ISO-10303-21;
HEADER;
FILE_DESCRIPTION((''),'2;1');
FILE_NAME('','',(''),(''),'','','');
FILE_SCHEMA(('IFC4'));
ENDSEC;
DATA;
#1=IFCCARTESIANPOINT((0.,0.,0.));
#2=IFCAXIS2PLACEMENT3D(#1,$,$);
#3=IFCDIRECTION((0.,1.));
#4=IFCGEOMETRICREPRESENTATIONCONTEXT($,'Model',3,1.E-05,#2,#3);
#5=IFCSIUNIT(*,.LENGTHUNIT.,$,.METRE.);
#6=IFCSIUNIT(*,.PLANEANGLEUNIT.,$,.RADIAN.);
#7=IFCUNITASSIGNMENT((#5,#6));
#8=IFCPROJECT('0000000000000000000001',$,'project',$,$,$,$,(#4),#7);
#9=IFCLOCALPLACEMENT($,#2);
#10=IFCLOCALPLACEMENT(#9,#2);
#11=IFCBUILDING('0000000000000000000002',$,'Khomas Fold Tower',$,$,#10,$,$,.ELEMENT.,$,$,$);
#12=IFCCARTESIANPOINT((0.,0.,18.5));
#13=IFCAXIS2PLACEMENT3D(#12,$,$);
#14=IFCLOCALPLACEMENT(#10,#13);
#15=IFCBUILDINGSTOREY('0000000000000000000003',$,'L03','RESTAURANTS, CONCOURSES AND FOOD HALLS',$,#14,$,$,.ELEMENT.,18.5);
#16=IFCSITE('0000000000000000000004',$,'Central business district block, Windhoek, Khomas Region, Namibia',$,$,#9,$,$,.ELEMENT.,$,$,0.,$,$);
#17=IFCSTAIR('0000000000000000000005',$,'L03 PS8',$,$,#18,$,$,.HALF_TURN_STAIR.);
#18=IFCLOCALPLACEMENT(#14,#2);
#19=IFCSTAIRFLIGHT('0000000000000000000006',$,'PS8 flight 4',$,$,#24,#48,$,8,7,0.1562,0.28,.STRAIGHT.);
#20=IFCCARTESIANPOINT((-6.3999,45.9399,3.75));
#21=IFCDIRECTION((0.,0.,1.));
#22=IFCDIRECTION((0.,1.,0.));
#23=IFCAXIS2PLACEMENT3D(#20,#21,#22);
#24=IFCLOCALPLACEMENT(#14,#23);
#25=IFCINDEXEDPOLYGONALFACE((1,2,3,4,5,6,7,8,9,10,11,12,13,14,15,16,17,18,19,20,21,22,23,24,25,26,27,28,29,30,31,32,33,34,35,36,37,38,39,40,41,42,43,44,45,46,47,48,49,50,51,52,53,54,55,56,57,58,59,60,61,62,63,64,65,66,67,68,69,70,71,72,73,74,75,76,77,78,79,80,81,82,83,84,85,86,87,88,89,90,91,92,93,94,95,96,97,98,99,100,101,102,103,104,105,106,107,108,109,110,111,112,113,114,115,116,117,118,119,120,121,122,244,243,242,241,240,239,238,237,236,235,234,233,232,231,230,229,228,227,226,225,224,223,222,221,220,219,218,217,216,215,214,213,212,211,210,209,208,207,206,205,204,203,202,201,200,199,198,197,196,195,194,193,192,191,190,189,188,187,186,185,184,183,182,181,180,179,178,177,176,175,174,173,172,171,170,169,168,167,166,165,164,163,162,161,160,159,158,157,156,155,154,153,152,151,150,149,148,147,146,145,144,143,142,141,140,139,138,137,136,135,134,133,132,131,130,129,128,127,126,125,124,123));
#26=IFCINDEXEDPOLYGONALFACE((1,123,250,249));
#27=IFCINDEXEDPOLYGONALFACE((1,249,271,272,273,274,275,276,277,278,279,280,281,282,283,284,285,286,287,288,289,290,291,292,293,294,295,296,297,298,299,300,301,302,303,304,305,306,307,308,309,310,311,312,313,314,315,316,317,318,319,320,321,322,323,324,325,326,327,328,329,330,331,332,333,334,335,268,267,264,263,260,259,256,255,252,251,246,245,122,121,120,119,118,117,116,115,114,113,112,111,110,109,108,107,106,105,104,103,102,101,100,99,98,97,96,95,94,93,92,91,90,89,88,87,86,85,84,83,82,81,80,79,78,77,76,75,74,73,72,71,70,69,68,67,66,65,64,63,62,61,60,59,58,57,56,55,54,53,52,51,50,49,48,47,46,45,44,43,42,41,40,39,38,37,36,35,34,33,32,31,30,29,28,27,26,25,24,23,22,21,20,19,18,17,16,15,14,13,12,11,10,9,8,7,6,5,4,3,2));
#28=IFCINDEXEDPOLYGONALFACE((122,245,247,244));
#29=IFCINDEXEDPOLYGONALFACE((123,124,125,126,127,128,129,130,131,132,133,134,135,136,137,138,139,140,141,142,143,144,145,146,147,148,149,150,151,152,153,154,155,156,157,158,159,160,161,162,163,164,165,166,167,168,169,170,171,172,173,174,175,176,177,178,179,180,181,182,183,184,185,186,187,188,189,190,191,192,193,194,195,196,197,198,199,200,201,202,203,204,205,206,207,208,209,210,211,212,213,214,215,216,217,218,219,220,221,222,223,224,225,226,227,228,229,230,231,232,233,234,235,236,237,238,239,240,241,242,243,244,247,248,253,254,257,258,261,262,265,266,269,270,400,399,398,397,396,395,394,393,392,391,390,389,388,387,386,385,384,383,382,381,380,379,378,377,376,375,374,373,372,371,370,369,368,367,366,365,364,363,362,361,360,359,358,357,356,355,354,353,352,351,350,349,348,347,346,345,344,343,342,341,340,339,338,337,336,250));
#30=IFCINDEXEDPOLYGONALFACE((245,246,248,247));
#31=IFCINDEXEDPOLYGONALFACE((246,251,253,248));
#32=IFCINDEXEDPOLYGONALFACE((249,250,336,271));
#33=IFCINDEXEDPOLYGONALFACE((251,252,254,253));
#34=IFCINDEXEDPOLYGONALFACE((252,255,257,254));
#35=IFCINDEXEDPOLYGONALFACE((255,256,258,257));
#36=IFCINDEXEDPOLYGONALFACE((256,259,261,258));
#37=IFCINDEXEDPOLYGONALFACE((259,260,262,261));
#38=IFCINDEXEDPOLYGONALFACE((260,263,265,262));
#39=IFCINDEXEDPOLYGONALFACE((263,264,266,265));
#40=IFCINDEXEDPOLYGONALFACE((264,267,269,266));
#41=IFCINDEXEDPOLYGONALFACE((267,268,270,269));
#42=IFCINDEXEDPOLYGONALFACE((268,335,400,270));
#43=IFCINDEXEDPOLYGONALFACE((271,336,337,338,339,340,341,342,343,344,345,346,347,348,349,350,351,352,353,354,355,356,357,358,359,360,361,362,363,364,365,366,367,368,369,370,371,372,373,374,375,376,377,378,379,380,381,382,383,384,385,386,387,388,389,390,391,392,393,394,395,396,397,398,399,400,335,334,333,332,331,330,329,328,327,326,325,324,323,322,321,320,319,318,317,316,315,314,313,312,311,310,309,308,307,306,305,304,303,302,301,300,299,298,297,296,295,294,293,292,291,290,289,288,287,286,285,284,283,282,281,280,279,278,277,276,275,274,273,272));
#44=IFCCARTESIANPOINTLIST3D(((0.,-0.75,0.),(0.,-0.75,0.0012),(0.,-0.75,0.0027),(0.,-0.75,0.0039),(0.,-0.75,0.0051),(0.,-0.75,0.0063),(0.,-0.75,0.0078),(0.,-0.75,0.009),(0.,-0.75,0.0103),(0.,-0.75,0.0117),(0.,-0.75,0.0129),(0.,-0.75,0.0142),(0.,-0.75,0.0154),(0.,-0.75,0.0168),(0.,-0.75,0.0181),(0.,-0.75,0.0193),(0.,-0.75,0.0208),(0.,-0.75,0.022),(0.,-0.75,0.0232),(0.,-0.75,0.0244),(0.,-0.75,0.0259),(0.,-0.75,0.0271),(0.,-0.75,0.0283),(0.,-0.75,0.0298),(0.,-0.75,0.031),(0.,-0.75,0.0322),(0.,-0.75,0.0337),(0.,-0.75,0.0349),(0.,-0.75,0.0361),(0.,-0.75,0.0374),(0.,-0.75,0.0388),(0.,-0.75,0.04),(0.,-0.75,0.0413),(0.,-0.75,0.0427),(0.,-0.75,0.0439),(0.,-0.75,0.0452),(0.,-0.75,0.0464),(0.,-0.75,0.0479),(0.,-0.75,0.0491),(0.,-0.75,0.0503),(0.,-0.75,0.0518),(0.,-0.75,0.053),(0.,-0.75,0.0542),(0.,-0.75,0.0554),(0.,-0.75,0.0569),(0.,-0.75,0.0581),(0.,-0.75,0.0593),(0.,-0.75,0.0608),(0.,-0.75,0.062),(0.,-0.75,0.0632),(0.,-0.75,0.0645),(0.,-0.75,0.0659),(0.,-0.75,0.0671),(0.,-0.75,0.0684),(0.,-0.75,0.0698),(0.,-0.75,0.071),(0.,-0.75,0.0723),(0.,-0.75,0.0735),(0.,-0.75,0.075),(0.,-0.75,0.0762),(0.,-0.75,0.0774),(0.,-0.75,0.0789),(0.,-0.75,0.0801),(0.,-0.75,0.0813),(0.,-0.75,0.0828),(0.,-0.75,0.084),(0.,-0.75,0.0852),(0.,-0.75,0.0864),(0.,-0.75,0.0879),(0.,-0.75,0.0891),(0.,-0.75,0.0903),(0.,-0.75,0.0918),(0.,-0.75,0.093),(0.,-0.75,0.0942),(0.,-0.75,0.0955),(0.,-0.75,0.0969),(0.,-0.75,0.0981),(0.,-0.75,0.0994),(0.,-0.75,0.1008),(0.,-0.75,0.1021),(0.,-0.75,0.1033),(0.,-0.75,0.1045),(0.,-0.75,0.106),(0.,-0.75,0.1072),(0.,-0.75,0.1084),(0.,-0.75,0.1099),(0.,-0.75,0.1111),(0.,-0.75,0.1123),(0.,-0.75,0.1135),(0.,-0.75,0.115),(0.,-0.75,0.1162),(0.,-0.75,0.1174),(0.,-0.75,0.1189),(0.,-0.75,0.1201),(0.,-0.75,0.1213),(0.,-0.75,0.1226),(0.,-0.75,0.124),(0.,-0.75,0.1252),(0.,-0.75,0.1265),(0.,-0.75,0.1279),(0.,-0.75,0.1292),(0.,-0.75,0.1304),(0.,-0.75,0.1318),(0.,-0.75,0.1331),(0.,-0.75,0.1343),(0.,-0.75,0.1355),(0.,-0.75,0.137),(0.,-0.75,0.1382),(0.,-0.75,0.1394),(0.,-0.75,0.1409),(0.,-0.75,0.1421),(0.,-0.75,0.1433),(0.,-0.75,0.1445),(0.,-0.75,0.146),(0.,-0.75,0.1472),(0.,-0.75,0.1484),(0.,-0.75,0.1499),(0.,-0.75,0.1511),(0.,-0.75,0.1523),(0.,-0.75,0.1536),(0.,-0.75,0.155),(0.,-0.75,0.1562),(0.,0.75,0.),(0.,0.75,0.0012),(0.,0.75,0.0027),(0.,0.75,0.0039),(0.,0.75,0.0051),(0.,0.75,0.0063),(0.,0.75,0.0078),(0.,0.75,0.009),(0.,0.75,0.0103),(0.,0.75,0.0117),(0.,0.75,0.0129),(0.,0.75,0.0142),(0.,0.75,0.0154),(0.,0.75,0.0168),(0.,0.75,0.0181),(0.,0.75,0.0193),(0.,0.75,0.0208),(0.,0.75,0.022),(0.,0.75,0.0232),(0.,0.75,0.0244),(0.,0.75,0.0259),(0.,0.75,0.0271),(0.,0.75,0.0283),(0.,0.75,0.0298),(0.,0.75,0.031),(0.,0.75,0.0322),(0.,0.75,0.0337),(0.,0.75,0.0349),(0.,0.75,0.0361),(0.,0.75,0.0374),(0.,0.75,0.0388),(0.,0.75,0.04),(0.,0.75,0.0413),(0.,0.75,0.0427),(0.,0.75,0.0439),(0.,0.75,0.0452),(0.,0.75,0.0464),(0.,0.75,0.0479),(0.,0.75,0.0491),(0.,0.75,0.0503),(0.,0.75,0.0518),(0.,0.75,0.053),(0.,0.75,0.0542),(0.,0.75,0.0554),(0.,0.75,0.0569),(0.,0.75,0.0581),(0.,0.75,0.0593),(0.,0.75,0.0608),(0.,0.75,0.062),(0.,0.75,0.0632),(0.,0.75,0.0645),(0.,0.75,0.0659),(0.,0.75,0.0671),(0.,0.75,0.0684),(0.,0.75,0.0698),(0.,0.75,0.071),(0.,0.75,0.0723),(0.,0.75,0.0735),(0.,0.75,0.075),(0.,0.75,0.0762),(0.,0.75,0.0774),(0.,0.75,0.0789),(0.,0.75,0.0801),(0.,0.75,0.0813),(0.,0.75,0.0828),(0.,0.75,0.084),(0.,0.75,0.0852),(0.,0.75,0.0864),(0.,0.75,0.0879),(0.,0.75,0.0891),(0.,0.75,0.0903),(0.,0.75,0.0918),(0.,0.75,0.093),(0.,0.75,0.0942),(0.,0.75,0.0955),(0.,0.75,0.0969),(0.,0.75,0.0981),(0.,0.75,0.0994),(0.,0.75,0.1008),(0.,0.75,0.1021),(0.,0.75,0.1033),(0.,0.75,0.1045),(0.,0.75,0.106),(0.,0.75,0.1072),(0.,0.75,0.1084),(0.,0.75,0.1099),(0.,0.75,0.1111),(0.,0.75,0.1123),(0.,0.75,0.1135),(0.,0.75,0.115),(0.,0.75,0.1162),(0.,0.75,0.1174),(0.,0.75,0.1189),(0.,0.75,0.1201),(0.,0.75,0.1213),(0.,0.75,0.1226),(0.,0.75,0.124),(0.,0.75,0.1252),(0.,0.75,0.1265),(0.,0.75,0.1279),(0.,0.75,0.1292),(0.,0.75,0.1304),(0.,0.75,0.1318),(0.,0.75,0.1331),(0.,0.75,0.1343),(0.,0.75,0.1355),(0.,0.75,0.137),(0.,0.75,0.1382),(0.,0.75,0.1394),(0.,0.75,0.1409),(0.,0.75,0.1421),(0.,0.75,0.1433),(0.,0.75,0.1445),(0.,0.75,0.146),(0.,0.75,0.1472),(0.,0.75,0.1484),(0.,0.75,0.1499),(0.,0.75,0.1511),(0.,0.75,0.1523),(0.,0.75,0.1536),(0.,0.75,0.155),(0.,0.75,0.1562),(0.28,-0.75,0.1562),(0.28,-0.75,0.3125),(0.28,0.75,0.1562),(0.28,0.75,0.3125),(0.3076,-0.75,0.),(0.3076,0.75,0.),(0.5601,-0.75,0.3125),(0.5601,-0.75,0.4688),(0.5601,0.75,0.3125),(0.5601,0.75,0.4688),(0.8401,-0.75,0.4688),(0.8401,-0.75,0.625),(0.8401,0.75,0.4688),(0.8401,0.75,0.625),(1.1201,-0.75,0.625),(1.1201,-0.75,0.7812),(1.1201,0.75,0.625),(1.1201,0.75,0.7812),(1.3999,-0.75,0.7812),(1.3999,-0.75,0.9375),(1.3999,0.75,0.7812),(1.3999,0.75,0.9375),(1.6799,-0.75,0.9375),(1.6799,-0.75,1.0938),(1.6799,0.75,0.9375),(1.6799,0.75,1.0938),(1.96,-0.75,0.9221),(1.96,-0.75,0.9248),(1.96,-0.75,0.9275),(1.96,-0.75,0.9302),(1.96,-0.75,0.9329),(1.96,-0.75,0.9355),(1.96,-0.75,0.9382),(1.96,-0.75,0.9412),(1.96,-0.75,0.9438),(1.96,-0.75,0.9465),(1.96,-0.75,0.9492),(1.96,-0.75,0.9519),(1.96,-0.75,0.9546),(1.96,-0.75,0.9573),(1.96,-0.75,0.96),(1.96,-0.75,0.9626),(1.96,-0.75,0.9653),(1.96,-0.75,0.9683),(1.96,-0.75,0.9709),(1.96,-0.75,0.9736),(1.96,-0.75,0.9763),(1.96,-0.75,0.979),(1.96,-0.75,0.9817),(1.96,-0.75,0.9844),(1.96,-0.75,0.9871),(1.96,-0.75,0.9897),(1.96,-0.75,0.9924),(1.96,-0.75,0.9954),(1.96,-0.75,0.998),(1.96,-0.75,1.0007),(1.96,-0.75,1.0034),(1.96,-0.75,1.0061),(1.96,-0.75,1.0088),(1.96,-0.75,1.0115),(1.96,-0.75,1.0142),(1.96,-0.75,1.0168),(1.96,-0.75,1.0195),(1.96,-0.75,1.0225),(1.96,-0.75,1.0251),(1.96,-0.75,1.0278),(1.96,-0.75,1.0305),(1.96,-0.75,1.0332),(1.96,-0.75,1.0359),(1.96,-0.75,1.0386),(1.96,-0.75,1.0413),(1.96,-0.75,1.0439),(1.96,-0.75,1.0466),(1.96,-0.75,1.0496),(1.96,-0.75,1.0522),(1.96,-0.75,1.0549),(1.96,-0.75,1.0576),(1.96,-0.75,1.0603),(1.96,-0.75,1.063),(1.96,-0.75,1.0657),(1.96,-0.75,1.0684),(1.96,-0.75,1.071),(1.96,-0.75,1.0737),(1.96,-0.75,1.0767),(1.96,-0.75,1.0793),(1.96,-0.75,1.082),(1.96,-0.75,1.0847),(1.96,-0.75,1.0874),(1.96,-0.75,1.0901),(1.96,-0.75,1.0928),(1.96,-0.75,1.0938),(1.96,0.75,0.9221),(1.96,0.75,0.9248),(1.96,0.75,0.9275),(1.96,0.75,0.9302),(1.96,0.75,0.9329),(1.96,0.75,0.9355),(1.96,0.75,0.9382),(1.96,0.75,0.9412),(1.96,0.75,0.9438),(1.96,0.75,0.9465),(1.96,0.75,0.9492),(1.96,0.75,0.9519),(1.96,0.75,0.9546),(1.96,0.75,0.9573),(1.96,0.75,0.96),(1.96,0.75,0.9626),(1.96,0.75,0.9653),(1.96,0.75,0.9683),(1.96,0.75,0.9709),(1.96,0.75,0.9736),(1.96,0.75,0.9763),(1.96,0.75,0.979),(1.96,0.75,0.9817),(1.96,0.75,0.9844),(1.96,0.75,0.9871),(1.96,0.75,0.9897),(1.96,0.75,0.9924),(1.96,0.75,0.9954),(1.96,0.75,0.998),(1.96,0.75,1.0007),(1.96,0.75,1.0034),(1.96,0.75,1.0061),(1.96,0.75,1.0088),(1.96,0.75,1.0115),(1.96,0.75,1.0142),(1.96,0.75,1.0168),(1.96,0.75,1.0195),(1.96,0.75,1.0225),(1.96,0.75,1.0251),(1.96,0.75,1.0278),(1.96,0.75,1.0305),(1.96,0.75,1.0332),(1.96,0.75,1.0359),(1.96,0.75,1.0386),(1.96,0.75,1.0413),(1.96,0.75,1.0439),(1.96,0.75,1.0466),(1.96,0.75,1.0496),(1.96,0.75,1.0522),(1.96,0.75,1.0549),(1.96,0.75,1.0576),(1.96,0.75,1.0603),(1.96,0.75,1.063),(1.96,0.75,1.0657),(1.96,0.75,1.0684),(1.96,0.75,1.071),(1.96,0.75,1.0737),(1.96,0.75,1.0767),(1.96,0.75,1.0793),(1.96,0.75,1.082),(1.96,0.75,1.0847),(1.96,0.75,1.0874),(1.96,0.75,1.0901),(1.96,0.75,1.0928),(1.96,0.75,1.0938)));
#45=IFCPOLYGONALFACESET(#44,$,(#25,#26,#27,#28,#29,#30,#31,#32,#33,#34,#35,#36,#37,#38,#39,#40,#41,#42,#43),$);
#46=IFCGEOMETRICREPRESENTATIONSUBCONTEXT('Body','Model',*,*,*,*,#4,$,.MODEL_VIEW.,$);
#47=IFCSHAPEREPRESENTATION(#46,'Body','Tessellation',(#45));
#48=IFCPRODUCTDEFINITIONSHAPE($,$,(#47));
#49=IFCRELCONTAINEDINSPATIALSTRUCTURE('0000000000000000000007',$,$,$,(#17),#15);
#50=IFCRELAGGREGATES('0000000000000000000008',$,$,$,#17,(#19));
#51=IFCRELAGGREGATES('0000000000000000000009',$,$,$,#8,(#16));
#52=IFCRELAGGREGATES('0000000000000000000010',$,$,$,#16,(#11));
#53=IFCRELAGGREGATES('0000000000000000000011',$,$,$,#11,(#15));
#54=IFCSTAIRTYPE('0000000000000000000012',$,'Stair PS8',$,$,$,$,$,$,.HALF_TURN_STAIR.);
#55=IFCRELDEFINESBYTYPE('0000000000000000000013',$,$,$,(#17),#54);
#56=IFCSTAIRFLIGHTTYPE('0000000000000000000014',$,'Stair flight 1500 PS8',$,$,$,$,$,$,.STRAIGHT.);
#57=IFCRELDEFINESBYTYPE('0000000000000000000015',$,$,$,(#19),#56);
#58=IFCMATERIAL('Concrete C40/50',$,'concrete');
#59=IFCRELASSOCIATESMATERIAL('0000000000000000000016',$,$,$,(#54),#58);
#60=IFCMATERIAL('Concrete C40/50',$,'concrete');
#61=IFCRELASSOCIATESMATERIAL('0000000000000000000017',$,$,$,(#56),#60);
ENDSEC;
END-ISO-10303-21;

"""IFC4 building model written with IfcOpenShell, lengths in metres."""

from ifc_helpers import new_model, si_unit, direction, frame, origin, place, context, subcontext, project, spatial, polyline, outline, extrude, source, transform, mapped, material, type_object, element, aggregate, save


model = new_model("IFC4")

# Units and contexts
model_context = context("Model", 3, precision=1e-05, world=origin(), true_north=direction((0.0, 1.0)))
body_context = subcontext(model_context, "Body", "Model", "MODEL_VIEW")
ifc_project = project(units=[si_unit("LENGTHUNIT", "METRE"), si_unit("PLANEANGLEUNIT", "RADIAN")], contexts=[model_context])

# Site, building, storey
site_placement = place(None, origin())
site = spatial("IfcSite", under=ifc_project, at=site_placement, Name="Central business district block, Windhoek, Khomas Region, Namibia", CompositionType="ELEMENT", RefElevation=0.0)
building_placement = place(site_placement, origin())
building = spatial("IfcBuilding", under=site, at=building_placement, Name="Khomas Fold Tower", CompositionType="ELEMENT")
storey_placement = place(building_placement, frame((0.0, 0.0, 18.5)))
storey = spatial("IfcBuildingStorey", under=building, at=storey_placement, Name="L03", Description="RESTAURANTS, CONCOURSES AND FOOD HALLS", CompositionType="ELEMENT", Elevation=18.5)

# Stair, stair flight
ifc_material_1 = material(Name="Concrete C40/50", Category="concrete")
stair_type = type_object("IfcStairType", Name="Stair PS8", PredefinedType="HALF_TURN_STAIR", material=ifc_material_1)
stair_placement = place(storey_placement, origin())
stair = element("IfcStair", 1, at=stair_placement, inside=storey, type_object=stair_type, Name="L03 PS8", PredefinedType="HALF_TURN_STAIR")
ifc_material_2 = material(Name="Concrete C40/50", Category="concrete")
stair_flight_type = type_object("IfcStairFlightType", Name="Stair flight 1500 PS8", PredefinedType="STRAIGHT", material=ifc_material_2)
shared_shape_1 = source(origin(), body_context, "Body", "SweptSolid", [
    extrude(outline(polyline([(0.0, 0.0), (0.0, 0.0012), (0.0, 0.0027), (0.0, 0.0039), (0.0, 0.0051), (0.0, 0.0063), (0.0, 0.0078), (0.0, 0.009), (0.0, 0.0103), (0.0, 0.0117), (0.0, 0.0129), (0.0, 0.0142), (0.0, 0.0154), (0.0, 0.0168), (0.0, 0.0181), (0.0, 0.0193), (0.0, 0.0208), (0.0, 0.022), (0.0, 0.0232), (0.0, 0.0244), (0.0, 0.0259), (0.0, 0.0271), (0.0, 0.0283), (0.0, 0.0298), (0.0, 0.031), (0.0, 0.0322), (0.0, 0.0337), (0.0, 0.0349), (0.0, 0.0361), (0.0, 0.0374), (0.0, 0.0388), (0.0, 0.04), (0.0, 0.0413), (0.0, 0.0427), (0.0, 0.0439), (0.0, 0.0452), (0.0, 0.0464), (0.0, 0.0479), (0.0, 0.0491), (0.0, 0.0503), (0.0, 0.0518), (0.0, 0.053), (0.0, 0.0542), (0.0, 0.0554), (0.0, 0.0569), (0.0, 0.0581), (0.0, 0.0593), (0.0, 0.0608), (0.0, 0.062), (0.0, 0.0632), (0.0, 0.0645), (0.0, 0.0659), (0.0, 0.0671), (0.0, 0.0684), (0.0, 0.0698), (0.0, 0.071), (0.0, 0.0723), (0.0, 0.0735), (0.0, 0.075), (0.0, 0.0762), (0.0, 0.0774), (0.0, 0.0789), (0.0, 0.0801), (0.0, 0.0813), (0.0, 0.0828), (0.0, 0.084), (0.0, 0.0852), (0.0, 0.0864), (0.0, 0.0879), (0.0, 0.0891), (0.0, 0.0903), (0.0, 0.0918), (0.0, 0.093), (0.0, 0.0942), (0.0, 0.0955), (0.0, 0.0969), (0.0, 0.0981), (0.0, 0.0994), (0.0, 0.1008), (0.0, 0.1021), (0.0, 0.1033), (0.0, 0.1045), (0.0, 0.106), (0.0, 0.1072), (0.0, 0.1084), (0.0, 0.1099), (0.0, 0.1111), (0.0, 0.1123), (0.0, 0.1135), (0.0, 0.115), (0.0, 0.1162), (0.0, 0.1174), (0.0, 0.1189), (0.0, 0.1201), (0.0, 0.1213), (0.0, 0.1226), (0.0, 0.124), (0.0, 0.1252), (0.0, 0.1265), (0.0, 0.1279), (0.0, 0.1292), (0.0, 0.1304), (0.0, 0.1318), (0.0, 0.1331), (0.0, 0.1343), (0.0, 0.1355), (0.0, 0.137), (0.0, 0.1382), (0.0, 0.1394), (0.0, 0.1409), (0.0, 0.1421), (0.0, 0.1433), (0.0, 0.1445), (0.0, 0.146), (0.0, 0.1472), (0.0, 0.1484), (0.0, 0.1499), (0.0, 0.1511), (0.0, 0.1523), (0.0, 0.1536), (0.0, 0.155), (0.0, 0.1562), (0.28, 0.1562), (0.28, 0.3125), (0.5601, 0.3125), (0.5601, 0.4688), (0.8401, 0.4688), (0.8401, 0.625), (1.1201, 0.625), (1.1201, 0.7812), (1.3999, 0.7812), (1.3999, 0.9375), (1.6799, 0.9375), (1.6799, 1.0938), (1.96, 1.0938), (1.96, 1.25), (1.96, 1.2473), (1.96, 1.2446), (1.96, 1.2419), (1.96, 1.2393), (1.96, 1.2363), (1.96, 1.2336), (1.96, 1.231), (1.96, 1.2283), (1.96, 1.2256), (1.96, 1.2229), (1.96, 1.2202), (1.96, 1.2175), (1.96, 1.2148), (1.96, 1.2122), (1.96, 1.2092), (1.96, 1.2065), (1.96, 1.2039), (1.96, 1.2012), (1.96, 1.1985), (1.96, 1.1958), (1.96, 1.1931), (1.96, 1.1904), (1.96, 1.1877), (1.96, 1.1851), (1.96, 1.1821), (1.96, 1.1794), (1.96, 1.1768), (1.96, 1.1741), (1.96, 1.1714), (1.96, 1.1687), (1.96, 1.166), (1.96, 1.1633), (1.96, 1.1606), (1.96, 1.158), (1.96, 1.155), (1.96, 1.1523), (1.96, 1.1497), (1.96, 1.147), (1.96, 1.1443), (1.96, 1.1416), (1.96, 1.1389), (1.96, 1.1362), (1.96, 1.1335), (1.96, 1.1309), (1.96, 1.1279), (1.96, 1.1252), (1.96, 1.1226), (1.96, 1.1199), (1.96, 1.1172), (1.96, 1.1145), (1.96, 1.1118), (1.96, 1.1091), (1.96, 1.1064), (1.96, 1.1038), (1.96, 1.1008), (1.96, 1.0981), (1.96, 1.0955), (1.96, 1.0928), (1.96, 1.0901), (1.96, 1.0874), (1.96, 1.0847), (1.96, 1.082), (1.96, 1.0793), (1.96, 1.0767), (1.96, 1.0737), (1.96, 1.071), (1.96, 1.0684), (1.96, 1.0657), (1.96, 1.063), (1.96, 1.0603), (1.96, 1.0576), (1.96, 1.0549), (1.96, 1.0522), (1.96, 1.0496), (1.96, 1.0466), (1.96, 1.0439), (1.96, 1.0413), (1.96, 1.0386), (1.96, 1.0359), (1.96, 1.0332), (1.96, 1.0305), (1.96, 1.0278), (1.96, 1.0251), (1.96, 1.0225), (1.96, 1.0195), (1.96, 1.0168), (1.96, 1.0142), (1.96, 1.0115), (1.96, 1.0088), (1.96, 1.0061), (1.96, 1.0034), (1.96, 1.0007), (1.96, 0.998), (1.96, 0.9954), (1.96, 0.9924), (1.96, 0.9897), (1.96, 0.9871), (1.96, 0.9844), (1.96, 0.9817), (1.96, 0.979), (1.96, 0.9763), (1.96, 0.9736), (1.96, 0.9709), (1.96, 0.9683), (1.96, 0.9653), (1.96, 0.9626), (1.96, 0.96), (1.96, 0.9573), (1.96, 0.9546), (1.96, 0.9519), (1.96, 0.9492), (1.96, 0.9465), (1.96, 0.9438), (1.96, 0.9412), (1.96, 0.9382), (1.96, 0.9355), (1.96, 0.9329), (1.96, 0.9302), (1.96, 0.9275), (1.96, 0.9248), (1.96, 0.9221), (0.3076, 0.0), (0.0, 0.0)])), frame((0.0, 0.75, 0.0), z_axis=(0.0, -1.0, 0.0), x_axis=(1.0, 0.0, 0.0)), (0.0, 0.0, 1.0), 1.5),
])
stair_flight_1_placement = place(storey_placement, frame((-6.3999, 45.9399, 3.75), z_axis=(0.0, 0.0, 1.0), x_axis=(0.0, 1.0, 0.0)))
stair_flight_1 = element("IfcStairFlight", 2, at=stair_flight_1_placement, type_object=stair_flight_type, Name="PS8 flight 4", NumberOfRisers=8, NumberOfTreads=7, PredefinedType="STRAIGHT", RiserHeight=0.1562, TreadLength=0.28, context=body_context, shape_type="MappedRepresentation", body=[
    mapped(shared_shape_1, transform((0.0, 0.0, 0.0))),
])
aggregate(stair, [stair_flight_1])

save(model, "model.ifc")
